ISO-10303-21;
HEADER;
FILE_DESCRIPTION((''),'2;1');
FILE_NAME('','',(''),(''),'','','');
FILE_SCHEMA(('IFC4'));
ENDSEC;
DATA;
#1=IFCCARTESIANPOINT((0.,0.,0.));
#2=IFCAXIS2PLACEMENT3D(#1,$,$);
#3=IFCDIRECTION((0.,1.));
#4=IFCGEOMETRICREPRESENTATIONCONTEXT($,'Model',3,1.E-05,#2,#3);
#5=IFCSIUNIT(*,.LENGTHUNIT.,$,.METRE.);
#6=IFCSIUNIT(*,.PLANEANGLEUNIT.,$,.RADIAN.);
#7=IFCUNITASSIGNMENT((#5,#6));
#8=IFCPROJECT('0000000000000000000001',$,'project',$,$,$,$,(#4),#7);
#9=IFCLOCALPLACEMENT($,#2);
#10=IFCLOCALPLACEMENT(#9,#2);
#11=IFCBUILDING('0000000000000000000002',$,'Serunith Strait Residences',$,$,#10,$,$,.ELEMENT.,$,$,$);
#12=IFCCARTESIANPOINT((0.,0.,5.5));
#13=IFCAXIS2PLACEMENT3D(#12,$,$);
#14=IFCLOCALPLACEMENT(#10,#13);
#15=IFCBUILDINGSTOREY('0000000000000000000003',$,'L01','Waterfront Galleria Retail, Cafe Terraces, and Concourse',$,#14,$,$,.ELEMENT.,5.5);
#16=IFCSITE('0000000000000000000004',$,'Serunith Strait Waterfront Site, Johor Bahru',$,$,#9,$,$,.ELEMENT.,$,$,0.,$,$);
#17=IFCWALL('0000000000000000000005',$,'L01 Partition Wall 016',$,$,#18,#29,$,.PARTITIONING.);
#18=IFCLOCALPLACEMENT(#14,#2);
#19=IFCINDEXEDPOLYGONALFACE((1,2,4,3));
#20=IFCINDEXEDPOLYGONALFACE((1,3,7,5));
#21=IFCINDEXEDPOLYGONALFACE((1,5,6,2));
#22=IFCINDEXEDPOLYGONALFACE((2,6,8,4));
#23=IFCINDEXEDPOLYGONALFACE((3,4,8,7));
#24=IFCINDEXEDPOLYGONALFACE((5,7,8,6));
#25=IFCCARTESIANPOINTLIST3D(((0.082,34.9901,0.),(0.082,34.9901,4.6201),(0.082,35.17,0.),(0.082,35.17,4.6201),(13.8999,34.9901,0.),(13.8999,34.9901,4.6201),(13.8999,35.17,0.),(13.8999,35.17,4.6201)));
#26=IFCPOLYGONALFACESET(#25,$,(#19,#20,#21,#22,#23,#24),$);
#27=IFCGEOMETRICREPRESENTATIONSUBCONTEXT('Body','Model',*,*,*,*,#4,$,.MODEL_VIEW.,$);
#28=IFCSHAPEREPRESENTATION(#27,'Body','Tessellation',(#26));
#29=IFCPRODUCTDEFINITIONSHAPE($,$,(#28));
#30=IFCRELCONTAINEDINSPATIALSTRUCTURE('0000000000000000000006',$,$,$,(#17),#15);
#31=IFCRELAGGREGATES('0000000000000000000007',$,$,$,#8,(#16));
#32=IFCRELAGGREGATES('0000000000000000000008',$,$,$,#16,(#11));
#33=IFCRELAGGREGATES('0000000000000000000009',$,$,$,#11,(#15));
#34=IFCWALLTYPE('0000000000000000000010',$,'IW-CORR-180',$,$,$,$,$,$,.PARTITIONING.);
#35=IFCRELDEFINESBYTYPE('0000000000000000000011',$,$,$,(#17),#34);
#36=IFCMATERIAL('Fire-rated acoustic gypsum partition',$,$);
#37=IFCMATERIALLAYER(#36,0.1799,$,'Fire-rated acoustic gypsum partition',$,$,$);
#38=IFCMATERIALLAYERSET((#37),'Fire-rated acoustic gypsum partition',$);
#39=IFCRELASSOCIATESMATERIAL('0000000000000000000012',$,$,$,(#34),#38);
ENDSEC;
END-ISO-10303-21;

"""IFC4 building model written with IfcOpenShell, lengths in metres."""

from ifc_helpers import new_model, si_unit, direction, frame, frame_2d, origin, place, context, subcontext, project, spatial, rectangle, extrude, material, layer, layer_set, type_object, element, save


model = new_model("IFC4")

# Units and contexts
model_context = context("Model", 3, precision=1e-05, world=origin(), true_north=direction((0.0, 1.0)))
body_context = subcontext(model_context, "Body", "Model", "MODEL_VIEW")
ifc_project = project(units=[si_unit("LENGTHUNIT", "METRE"), si_unit("PLANEANGLEUNIT", "RADIAN")], contexts=[model_context])

# Site, building, storey
site_placement = place(None, origin())
site = spatial("IfcSite", under=ifc_project, at=site_placement, Name="Serunith Strait Waterfront Site, Johor Bahru", CompositionType="ELEMENT", RefElevation=0.0)
building_placement = place(site_placement, origin())
building = spatial("IfcBuilding", under=site, at=building_placement, Name="Serunith Strait Residences", CompositionType="ELEMENT")
storey_placement = place(building_placement, frame((0.0, 0.0, 5.5)))
storey = spatial("IfcBuildingStorey", under=building, at=storey_placement, Name="L01", Description="Waterfront Galleria Retail, Cafe Terraces, and Concourse", CompositionType="ELEMENT", Elevation=5.5)

# Wall
ifc_material_1 = material(Name="Fire-rated acoustic gypsum partition")
ifc_layer_1 = layer(ifc_material_1, 0.1799, Name="Fire-rated acoustic gypsum partition")
ifc_layer_set_1 = layer_set([ifc_layer_1], Name="Fire-rated acoustic gypsum partition")
wall_type_1 = type_object("IfcWallType", Name="IW-CORR-180", PredefinedType="PARTITIONING", material=ifc_layer_set_1)
wall_1_placement = place(storey_placement, frame((0.082, 35.0801, 0.0), z_axis=(0.0, 0.0, 1.0), x_axis=(1.0, 0.0, 0.0)))
element("IfcWall", 1, at=wall_1_placement, inside=storey, type_object=wall_type_1, Name="L01 Partition Wall 016", PredefinedType="PARTITIONING", context=body_context, shape_type="SweptSolid", body=[
    extrude(rectangle(XDim=13.8179, YDim=0.1799, at=frame_2d((6.9089, 0.0))), origin(), (0.0, 0.0, 1.0), 4.6201),
])

save(model, "model.ifc")
